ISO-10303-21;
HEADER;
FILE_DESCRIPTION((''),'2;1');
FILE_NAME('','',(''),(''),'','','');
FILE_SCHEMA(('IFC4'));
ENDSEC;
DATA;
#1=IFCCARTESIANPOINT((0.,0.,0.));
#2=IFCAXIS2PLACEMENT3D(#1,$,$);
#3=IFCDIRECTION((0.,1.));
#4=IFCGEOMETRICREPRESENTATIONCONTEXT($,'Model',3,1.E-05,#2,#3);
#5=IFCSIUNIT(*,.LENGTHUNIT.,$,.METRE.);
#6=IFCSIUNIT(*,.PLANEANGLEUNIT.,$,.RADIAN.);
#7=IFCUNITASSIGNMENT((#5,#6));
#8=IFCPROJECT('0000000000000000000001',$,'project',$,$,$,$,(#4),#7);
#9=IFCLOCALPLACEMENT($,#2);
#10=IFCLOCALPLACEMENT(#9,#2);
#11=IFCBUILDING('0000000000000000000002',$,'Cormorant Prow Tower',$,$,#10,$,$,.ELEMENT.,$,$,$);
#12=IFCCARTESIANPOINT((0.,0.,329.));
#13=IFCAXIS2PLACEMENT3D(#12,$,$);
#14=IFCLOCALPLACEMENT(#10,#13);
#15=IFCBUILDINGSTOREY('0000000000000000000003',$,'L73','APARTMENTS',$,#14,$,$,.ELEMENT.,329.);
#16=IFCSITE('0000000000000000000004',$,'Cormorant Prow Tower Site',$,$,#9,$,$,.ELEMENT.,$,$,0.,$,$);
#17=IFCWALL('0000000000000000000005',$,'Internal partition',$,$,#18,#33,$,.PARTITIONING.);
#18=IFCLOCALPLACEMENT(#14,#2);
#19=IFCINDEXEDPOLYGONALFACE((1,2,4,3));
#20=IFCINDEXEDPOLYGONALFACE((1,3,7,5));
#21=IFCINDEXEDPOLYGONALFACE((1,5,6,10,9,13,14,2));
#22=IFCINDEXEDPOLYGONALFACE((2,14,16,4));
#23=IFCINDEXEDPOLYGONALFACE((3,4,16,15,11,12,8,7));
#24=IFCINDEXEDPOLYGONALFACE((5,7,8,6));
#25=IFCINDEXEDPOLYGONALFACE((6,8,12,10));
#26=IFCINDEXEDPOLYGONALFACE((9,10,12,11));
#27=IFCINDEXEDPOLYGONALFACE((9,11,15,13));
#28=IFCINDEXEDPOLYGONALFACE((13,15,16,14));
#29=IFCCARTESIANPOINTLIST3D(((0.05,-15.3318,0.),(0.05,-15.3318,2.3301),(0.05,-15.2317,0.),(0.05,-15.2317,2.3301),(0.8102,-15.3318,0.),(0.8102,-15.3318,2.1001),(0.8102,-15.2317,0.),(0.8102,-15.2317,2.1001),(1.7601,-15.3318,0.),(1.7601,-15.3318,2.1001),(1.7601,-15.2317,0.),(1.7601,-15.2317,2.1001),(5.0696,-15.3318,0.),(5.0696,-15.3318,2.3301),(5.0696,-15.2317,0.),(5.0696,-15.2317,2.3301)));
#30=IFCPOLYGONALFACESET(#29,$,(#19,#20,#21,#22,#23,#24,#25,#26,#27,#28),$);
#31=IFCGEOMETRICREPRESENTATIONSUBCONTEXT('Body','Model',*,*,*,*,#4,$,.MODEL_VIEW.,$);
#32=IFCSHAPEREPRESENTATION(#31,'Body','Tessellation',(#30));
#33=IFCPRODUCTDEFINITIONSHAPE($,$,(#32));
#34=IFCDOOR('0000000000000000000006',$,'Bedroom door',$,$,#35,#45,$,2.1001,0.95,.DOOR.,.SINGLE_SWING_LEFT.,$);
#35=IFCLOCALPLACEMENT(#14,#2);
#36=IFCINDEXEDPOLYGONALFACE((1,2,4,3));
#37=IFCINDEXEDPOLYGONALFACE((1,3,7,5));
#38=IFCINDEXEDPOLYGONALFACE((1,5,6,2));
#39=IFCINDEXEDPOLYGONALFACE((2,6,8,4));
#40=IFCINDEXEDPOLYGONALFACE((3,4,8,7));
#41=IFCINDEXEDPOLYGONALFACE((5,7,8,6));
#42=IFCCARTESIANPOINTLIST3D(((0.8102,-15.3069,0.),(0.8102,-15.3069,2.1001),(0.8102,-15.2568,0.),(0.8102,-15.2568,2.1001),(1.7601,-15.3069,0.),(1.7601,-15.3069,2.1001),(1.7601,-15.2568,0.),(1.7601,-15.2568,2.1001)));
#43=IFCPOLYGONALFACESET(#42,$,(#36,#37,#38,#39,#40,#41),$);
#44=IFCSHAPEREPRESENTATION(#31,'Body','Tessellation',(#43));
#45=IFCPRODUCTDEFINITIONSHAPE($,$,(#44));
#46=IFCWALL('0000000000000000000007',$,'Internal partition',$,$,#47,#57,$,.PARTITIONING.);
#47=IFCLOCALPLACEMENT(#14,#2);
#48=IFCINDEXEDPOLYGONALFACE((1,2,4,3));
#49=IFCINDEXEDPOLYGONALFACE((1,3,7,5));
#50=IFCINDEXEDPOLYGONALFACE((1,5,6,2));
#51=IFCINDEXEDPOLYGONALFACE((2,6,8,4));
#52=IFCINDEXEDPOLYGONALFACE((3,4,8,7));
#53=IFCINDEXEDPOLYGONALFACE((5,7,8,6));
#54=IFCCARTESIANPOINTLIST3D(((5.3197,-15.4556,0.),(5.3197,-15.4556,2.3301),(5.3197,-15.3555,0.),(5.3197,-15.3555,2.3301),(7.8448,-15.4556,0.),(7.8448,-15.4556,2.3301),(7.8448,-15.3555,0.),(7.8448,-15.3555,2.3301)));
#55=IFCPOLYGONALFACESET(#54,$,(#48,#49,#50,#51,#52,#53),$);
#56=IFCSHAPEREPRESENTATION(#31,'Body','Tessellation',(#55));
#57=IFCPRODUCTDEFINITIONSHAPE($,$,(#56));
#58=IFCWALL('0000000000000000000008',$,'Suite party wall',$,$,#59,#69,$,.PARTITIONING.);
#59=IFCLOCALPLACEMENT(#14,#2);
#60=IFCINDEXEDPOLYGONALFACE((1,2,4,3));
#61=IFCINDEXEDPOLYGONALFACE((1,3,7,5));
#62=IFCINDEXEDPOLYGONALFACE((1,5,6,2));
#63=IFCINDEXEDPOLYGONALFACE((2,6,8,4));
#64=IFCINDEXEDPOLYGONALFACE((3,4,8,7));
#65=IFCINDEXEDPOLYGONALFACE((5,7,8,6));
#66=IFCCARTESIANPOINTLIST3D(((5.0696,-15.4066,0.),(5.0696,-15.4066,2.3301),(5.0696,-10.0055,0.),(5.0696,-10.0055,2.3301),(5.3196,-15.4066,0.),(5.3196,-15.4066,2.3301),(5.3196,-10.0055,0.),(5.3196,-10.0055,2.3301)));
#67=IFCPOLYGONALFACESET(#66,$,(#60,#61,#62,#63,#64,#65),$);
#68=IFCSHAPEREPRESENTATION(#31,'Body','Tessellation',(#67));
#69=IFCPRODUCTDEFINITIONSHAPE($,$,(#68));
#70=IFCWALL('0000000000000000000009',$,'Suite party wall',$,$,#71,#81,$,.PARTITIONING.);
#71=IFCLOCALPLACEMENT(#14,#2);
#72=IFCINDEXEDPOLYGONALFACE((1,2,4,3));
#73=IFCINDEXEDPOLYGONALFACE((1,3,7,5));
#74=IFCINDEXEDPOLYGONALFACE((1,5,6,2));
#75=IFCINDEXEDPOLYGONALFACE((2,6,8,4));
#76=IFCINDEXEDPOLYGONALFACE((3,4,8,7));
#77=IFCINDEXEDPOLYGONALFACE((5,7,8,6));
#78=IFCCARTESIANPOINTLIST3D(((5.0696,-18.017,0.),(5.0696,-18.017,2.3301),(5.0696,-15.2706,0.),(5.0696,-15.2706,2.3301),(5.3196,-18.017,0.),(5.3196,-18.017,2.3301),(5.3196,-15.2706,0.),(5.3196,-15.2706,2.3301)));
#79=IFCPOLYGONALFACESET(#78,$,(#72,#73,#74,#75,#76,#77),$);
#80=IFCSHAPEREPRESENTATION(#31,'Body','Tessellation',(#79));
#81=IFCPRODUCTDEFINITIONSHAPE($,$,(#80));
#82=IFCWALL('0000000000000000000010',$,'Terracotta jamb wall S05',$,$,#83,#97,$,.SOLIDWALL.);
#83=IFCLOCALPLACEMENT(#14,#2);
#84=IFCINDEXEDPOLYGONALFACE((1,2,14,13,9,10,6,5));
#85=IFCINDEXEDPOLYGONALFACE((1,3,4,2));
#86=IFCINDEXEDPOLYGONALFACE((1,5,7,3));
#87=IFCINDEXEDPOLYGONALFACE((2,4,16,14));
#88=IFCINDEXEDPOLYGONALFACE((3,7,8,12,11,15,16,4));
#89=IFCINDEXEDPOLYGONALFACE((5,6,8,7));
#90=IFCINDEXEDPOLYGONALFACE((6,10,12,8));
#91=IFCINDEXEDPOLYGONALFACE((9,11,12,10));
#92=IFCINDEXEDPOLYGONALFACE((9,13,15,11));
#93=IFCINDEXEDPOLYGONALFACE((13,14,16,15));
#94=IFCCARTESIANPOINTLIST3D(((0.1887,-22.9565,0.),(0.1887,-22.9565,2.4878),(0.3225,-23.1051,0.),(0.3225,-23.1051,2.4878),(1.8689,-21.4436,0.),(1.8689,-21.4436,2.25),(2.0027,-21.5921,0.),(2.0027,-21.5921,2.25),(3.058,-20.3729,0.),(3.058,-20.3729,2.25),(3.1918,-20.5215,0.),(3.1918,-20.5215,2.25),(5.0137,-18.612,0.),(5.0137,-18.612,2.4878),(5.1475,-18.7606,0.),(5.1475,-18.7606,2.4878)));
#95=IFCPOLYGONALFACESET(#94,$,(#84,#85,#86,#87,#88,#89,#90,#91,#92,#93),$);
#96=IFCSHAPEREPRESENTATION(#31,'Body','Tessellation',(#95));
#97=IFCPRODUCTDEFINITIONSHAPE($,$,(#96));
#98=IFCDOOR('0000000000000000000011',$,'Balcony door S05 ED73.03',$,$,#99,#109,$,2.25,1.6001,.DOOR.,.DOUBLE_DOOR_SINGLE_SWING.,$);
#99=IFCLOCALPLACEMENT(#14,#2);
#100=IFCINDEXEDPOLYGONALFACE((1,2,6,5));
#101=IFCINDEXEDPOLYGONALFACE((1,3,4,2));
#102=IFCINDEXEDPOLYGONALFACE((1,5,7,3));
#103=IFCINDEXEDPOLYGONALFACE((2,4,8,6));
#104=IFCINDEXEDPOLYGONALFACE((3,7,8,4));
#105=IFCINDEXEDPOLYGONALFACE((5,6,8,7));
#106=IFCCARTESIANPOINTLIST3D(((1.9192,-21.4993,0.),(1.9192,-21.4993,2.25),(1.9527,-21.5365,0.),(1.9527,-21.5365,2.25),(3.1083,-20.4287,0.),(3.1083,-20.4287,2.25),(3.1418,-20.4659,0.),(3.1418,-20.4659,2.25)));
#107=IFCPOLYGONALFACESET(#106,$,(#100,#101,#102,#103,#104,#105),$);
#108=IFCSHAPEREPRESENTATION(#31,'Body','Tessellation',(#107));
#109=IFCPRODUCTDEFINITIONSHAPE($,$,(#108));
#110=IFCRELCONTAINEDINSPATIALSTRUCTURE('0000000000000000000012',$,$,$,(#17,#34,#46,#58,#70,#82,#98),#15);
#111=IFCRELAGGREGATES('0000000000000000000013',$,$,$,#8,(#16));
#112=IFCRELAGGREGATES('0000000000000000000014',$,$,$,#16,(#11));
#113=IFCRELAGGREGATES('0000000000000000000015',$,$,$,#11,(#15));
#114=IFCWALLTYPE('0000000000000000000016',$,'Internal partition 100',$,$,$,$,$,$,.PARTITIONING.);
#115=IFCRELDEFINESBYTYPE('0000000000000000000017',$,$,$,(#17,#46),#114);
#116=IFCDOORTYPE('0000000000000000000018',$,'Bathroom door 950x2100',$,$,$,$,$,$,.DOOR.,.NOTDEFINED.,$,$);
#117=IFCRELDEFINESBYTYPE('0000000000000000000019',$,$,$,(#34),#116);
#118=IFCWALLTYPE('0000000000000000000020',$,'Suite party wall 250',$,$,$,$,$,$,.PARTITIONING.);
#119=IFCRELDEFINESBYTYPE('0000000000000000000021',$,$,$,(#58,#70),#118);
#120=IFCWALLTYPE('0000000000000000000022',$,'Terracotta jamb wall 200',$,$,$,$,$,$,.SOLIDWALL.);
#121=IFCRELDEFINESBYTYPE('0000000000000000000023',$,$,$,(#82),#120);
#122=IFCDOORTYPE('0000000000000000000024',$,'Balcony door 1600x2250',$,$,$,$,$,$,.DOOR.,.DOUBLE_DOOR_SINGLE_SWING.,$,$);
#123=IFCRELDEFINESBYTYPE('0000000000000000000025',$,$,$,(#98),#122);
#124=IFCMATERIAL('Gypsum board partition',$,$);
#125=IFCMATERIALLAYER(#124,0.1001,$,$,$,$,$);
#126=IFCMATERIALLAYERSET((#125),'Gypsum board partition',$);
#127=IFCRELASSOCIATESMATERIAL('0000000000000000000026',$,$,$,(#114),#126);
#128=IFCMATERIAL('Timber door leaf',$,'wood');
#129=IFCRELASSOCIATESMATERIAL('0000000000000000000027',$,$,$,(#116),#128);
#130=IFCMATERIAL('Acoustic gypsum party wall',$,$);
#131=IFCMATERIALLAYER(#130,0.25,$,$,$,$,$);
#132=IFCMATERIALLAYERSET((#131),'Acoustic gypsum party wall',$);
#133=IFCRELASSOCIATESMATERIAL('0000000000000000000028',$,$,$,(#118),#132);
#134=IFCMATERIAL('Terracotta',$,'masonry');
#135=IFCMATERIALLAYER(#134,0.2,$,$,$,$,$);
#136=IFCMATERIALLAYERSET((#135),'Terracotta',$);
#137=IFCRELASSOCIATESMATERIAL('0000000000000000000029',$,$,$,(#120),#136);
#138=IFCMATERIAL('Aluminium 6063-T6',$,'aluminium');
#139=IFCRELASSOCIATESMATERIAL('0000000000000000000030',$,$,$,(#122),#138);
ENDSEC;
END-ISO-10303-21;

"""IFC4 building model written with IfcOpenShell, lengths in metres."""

from ifc_helpers import new_model, si_unit, direction, frame, frame_2d, origin, place, context, subcontext, project, spatial, rectangle, extrude, material, layer, layer_set, type_object, element, fill, save


model = new_model("IFC4")

# Units and contexts
model_context = context("Model", 3, precision=1e-05, world=origin(), true_north=direction((0.0, 1.0)))
body_context = subcontext(model_context, "Body", "Model", "MODEL_VIEW")
ifc_project = project(units=[si_unit("LENGTHUNIT", "METRE"), si_unit("PLANEANGLEUNIT", "RADIAN")], contexts=[model_context])

# Site, building, storey
site_placement = place(None, origin())
site = spatial("IfcSite", under=ifc_project, at=site_placement, Name="Cormorant Prow Tower Site", CompositionType="ELEMENT", RefElevation=0.0)
building_placement = place(site_placement, origin())
building = spatial("IfcBuilding", under=site, at=building_placement, Name="Cormorant Prow Tower", CompositionType="ELEMENT")
storey_placement = place(building_placement, frame((0.0, 0.0, 329.0)))
storey = spatial("IfcBuildingStorey", under=building, at=storey_placement, Name="L73", Description="APARTMENTS", CompositionType="ELEMENT", Elevation=329.0)

# Wall, opening, door
ifc_material_1 = material(Name="Gypsum board partition")
ifc_layer_1 = layer(ifc_material_1, 0.1001)
ifc_layer_set_1 = layer_set([ifc_layer_1], Name="Gypsum board partition")
wall_type_1 = type_object("IfcWallType", Name="Internal partition 100", PredefinedType="PARTITIONING", material=ifc_layer_set_1)
ifc_material_2 = material(Name="Timber door leaf", Category="wood")
door_type_1 = type_object("IfcDoorType", Name="Bathroom door 950x2100", OperationType="NOTDEFINED", PredefinedType="DOOR", material=ifc_material_2)
wall_1_placement = place(storey_placement, frame((0.05, -15.2817, 0.0), z_axis=(0.0, 0.0, 1.0), x_axis=(1.0, 0.0, 0.0)))
wall_1 = element("IfcWall", 1, at=wall_1_placement, inside=storey, type_object=wall_type_1, Name="Internal partition", PredefinedType="PARTITIONING", context=body_context, shape_type="SweptSolid", body=[
    extrude(rectangle(XDim=5.0195, YDim=0.1001, at=frame_2d((2.5098, 0.0))), origin(), (0.0, 0.0, 1.0), 2.3301),
])
opening_1_placement = place(wall_1_placement, frame((0.76, 0.0, 0.0)))
opening_1 = element("IfcOpeningElement", 2, at=opening_1_placement, cuts=wall_1, PredefinedType="OPENING", context=body_context, shape_type="SweptSolid", body=[
    extrude(rectangle(XDim=0.95, YDim=2.1001, at=frame_2d((0.4751, 1.05))), frame((0.0, 0.0601, 0.0), z_axis=(0.0, -1.0, 0.0), x_axis=(1.0, 0.0, 0.0)), (0.0, 0.0, 1.0), 0.1201),
])
door_1_placement = place(opening_1_placement, origin())
door_1 = element("IfcDoor", 3, at=door_1_placement, inside=storey, type_object=door_type_1, Name="Bedroom door", OperationType="SINGLE_SWING_LEFT", OverallHeight=2.1001, OverallWidth=0.95, PredefinedType="DOOR", context=body_context, shape_type="SweptSolid", body=[
    extrude(rectangle(XDim=0.95, YDim=2.1001, at=frame_2d((0.4751, 1.05))), frame((0.0, 0.0249, 0.0), z_axis=(0.0, -1.0, 0.0), x_axis=(1.0, 0.0, 0.0)), (0.0, 0.0, 1.0), 0.05),
])
fill(opening_1, door_1)

# Walls
wall_2_placement = place(storey_placement, frame((5.3196, -15.4055, 0.0), z_axis=(0.0, 0.0, 1.0), x_axis=(1.0, 0.0, 0.0)))
element("IfcWall", 4, at=wall_2_placement, inside=storey, type_object=wall_type_1, Name="Internal partition", PredefinedType="PARTITIONING", context=body_context, shape_type="SweptSolid", body=[
    extrude(rectangle(XDim=2.5251, YDim=0.1001, at=frame_2d((1.2627, 0.0))), origin(), (0.0, 0.0, 1.0), 2.3301),
])
ifc_material_3 = material(Name="Acoustic gypsum party wall")
ifc_layer_2 = layer(ifc_material_3, 0.25)
ifc_layer_set_2 = layer_set([ifc_layer_2], Name="Acoustic gypsum party wall")
wall_type_2 = type_object("IfcWallType", Name="Suite party wall 250", PredefinedType="PARTITIONING", material=ifc_layer_set_2)
wall_3_placement = place(storey_placement, frame((5.1946, -15.4067, 0.0), z_axis=(0.0, 0.0, 1.0), x_axis=(0.0, 1.0, 0.0)))
element("IfcWall", 5, at=wall_3_placement, inside=storey, type_object=wall_type_2, Name="Suite party wall", PredefinedType="PARTITIONING", context=body_context, shape_type="SweptSolid", body=[
    extrude(rectangle(XDim=5.4011, YDim=0.25, at=frame_2d((2.7007, 0.0))), origin(), (0.0, 0.0, 1.0), 2.3301),
])
wall_4_placement = place(storey_placement, frame((5.1946, -18.0168, 0.0), z_axis=(0.0, 0.0, 1.0), x_axis=(0.0, 1.0, 0.0)))
element("IfcWall", 6, at=wall_4_placement, inside=storey, type_object=wall_type_2, Name="Suite party wall", PredefinedType="PARTITIONING", context=body_context, shape_type="SweptSolid", body=[
    extrude(rectangle(XDim=2.7463, YDim=0.25, at=frame_2d((1.373, 0.0))), origin(), (0.0, 0.0, 1.0), 2.3301),
])

# Wall, opening, door
ifc_material_4 = material(Name="Terracotta", Category="masonry")
ifc_layer_3 = layer(ifc_material_4, 0.2)
ifc_layer_set_3 = layer_set([ifc_layer_3], Name="Terracotta")
wall_type_3 = type_object("IfcWallType", Name="Terracotta jamb wall 200", PredefinedType="SOLIDWALL", material=ifc_layer_set_3)
wall_5_placement = place(storey_placement, frame((0.2556, -23.0308, 0.0), z_axis=(0.0, 0.0, 1.0), x_axis=(0.743139, 0.669137, 0.0)))
wall_5 = element("IfcWall", 7, at=wall_5_placement, inside=storey, type_object=wall_type_3, Name="Terracotta jamb wall S05", PredefinedType="SOLIDWALL", context=body_context, shape_type="SweptSolid", body=[
    extrude(rectangle(XDim=6.4927, YDim=0.2, at=frame_2d((3.2463, 0.0))), origin(), (0.0, 0.0, 1.0), 2.4878),
])
opening_2_placement = place(wall_5_placement, frame((2.261, 0.0, 0.0)))
opening_2 = element("IfcOpeningElement", 8, at=opening_2_placement, cuts=wall_5, PredefinedType="OPENING", context=body_context, shape_type="SweptSolid", body=[
    extrude(rectangle(XDim=1.6001, YDim=2.25, at=frame_2d((0.8, 1.125))), frame((0.0, 0.1099, 0.0), z_axis=(0.0, -1.0, 0.0), x_axis=(1.0, 0.0, 0.0)), (0.0, 0.0, 1.0), 0.22),
])
ifc_material_5 = material(Name="Aluminium 6063-T6", Category="aluminium")
door_type_2 = type_object("IfcDoorType", Name="Balcony door 1600x2250", OperationType="DOUBLE_DOOR_SINGLE_SWING", PredefinedType="DOOR", material=ifc_material_5)
door_2_placement = place(opening_2_placement, origin())
door_2 = element("IfcDoor", 9, at=door_2_placement, inside=storey, type_object=door_type_2, Name="Balcony door S05 ED73.03", OperationType="DOUBLE_DOOR_SINGLE_SWING", OverallHeight=2.25, OverallWidth=1.6001, PredefinedType="DOOR", context=body_context, shape_type="SweptSolid", body=[
    extrude(rectangle(XDim=1.6001, YDim=2.25, at=frame_2d((0.8, 1.125))), frame((0.0, 0.0249, 0.0), z_axis=(0.0, -1.0, 0.0), x_axis=(1.0, 0.0, 0.0)), (0.0, 0.0, 1.0), 0.05),
])
fill(opening_2, door_2)

save(model, "model.ifc")
